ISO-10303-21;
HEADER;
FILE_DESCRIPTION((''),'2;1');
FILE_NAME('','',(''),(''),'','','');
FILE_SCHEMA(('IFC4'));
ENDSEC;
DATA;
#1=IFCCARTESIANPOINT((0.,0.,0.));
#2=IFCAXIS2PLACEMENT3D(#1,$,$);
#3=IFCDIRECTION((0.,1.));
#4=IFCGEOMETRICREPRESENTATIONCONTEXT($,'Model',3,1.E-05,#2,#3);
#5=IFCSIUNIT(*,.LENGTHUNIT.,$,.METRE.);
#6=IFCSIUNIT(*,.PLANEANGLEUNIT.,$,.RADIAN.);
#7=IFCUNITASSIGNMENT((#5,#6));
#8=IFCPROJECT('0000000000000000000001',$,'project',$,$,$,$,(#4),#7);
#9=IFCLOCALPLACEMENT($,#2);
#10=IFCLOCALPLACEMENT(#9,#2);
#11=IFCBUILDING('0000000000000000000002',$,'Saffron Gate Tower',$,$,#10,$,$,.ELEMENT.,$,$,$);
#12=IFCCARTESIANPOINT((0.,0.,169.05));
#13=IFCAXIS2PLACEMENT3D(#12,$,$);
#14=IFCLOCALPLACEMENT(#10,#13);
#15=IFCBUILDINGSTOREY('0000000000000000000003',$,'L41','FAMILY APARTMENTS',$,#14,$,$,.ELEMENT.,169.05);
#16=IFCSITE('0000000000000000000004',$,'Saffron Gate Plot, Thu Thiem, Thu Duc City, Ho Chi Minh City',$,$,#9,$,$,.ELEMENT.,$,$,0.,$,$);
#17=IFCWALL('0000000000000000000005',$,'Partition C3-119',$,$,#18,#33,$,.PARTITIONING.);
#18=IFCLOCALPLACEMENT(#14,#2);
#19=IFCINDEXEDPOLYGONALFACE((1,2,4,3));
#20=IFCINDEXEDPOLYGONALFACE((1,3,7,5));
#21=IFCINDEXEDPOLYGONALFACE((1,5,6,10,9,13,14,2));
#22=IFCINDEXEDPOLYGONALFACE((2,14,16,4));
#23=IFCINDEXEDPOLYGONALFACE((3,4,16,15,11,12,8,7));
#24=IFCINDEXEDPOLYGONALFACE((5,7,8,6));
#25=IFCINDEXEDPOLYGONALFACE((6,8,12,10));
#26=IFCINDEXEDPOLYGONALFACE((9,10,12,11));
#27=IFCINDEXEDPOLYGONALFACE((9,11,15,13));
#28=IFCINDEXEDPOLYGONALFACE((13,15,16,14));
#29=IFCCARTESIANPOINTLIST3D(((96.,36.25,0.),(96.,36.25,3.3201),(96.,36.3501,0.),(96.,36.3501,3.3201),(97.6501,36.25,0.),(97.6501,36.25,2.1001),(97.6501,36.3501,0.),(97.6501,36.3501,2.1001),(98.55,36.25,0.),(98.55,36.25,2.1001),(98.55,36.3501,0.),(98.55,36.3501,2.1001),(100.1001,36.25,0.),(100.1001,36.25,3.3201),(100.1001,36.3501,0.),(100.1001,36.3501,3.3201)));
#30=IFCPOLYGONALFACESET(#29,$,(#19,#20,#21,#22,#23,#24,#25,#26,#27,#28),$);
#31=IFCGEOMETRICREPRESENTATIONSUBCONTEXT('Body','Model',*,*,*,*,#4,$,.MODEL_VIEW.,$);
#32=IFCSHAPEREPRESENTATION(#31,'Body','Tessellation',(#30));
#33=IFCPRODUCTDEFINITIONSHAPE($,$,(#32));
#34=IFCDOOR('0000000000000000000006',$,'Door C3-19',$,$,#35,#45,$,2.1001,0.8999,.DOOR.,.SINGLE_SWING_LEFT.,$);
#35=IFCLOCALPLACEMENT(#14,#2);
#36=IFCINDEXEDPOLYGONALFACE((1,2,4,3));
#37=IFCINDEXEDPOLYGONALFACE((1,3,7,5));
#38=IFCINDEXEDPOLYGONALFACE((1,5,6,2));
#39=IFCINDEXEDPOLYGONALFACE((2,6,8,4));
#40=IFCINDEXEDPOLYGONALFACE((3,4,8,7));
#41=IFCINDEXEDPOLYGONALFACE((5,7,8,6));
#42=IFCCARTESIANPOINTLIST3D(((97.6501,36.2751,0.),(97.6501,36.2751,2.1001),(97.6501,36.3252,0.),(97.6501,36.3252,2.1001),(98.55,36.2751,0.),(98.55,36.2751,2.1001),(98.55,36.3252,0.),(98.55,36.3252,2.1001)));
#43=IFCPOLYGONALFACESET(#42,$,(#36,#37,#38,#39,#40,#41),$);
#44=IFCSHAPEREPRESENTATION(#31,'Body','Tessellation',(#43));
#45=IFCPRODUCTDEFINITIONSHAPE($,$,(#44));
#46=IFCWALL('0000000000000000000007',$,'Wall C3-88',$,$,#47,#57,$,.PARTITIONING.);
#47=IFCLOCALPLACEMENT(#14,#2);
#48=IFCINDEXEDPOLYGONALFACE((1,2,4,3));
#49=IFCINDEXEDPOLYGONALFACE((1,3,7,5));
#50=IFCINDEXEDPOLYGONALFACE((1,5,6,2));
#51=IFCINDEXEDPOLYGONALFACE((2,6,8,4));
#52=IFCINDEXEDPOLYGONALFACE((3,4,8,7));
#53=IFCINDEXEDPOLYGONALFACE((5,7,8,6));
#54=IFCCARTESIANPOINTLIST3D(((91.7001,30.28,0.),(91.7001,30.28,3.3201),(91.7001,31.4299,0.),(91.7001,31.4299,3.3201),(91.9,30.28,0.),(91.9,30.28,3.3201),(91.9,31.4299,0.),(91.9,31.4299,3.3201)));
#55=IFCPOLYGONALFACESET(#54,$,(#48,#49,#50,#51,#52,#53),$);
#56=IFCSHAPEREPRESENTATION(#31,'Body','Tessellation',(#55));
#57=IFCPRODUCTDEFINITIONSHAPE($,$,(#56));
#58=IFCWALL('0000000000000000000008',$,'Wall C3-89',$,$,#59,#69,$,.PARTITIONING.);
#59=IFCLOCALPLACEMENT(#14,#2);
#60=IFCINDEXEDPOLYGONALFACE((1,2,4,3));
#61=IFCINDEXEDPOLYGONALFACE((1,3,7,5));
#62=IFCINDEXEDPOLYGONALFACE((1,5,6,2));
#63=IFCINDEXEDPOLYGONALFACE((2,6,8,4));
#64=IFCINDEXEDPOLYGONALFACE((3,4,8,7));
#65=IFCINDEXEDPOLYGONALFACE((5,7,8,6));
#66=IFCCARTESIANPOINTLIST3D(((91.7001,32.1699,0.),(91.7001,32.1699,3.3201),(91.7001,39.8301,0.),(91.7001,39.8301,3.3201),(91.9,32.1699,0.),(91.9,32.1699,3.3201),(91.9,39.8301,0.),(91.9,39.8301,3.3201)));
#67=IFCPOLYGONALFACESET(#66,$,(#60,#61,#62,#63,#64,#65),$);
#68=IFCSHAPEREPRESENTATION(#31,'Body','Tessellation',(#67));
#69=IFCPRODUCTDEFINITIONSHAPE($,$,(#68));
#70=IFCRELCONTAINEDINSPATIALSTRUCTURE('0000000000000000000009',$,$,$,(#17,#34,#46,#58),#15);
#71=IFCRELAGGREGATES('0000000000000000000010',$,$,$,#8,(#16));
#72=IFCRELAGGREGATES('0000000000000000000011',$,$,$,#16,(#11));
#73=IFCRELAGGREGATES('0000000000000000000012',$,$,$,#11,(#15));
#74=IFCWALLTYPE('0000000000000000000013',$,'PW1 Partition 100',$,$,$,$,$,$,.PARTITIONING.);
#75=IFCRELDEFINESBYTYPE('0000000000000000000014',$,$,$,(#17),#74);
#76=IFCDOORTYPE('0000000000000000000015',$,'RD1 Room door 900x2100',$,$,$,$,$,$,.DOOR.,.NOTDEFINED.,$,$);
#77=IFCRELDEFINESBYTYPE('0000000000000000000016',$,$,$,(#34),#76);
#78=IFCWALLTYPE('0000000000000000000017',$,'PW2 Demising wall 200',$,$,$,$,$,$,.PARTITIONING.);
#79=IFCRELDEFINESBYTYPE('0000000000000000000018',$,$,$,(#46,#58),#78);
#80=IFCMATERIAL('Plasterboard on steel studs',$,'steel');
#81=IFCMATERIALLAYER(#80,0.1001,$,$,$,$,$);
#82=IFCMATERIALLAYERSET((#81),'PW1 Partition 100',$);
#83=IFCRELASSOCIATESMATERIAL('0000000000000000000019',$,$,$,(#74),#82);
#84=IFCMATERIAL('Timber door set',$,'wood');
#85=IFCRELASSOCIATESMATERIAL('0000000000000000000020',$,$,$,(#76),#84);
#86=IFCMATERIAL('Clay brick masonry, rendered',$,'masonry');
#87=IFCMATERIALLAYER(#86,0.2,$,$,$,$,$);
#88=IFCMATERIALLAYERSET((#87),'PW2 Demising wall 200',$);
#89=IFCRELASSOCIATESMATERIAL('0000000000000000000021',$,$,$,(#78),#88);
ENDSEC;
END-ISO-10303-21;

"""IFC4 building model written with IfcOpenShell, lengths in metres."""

from ifc_helpers import new_model, si_unit, direction, frame, frame_2d, origin, place, context, subcontext, project, spatial, rectangle, extrude, material, layer, layer_set, type_object, element, fill, save


model = new_model("IFC4")

# Units and contexts
model_context = context("Model", 3, precision=1e-05, world=origin(), true_north=direction((0.0, 1.0)))
body_context = subcontext(model_context, "Body", "Model", "MODEL_VIEW")
ifc_project = project(units=[si_unit("LENGTHUNIT", "METRE"), si_unit("PLANEANGLEUNIT", "RADIAN")], contexts=[model_context])

# Site, building, storey
site_placement = place(None, origin())
site = spatial("IfcSite", under=ifc_project, at=site_placement, Name="Saffron Gate Plot, Thu Thiem, Thu Duc City, Ho Chi Minh City", CompositionType="ELEMENT", RefElevation=0.0)
building_placement = place(site_placement, origin())
building = spatial("IfcBuilding", under=site, at=building_placement, Name="Saffron Gate Tower", CompositionType="ELEMENT")
storey_placement = place(building_placement, frame((0.0, 0.0, 169.05)))
storey = spatial("IfcBuildingStorey", under=building, at=storey_placement, Name="L41", Description="FAMILY APARTMENTS", CompositionType="ELEMENT", Elevation=169.05)

# Shared definitions
ifc_material_1 = material(Name="Plasterboard on steel studs", Category="steel")
ifc_layer_1 = layer(ifc_material_1, 0.1001)
ifc_layer_set_1 = layer_set([ifc_layer_1], Name="PW1 Partition 100")
wall_type_1 = type_object("IfcWallType", Name="PW1 Partition 100", PredefinedType="PARTITIONING", material=ifc_layer_set_1)
ifc_material_2 = material(Name="Timber door set", Category="wood")
door_type_1 = type_object("IfcDoorType", Name="RD1 Room door 900x2100", OperationType="NOTDEFINED", PredefinedType="DOOR", material=ifc_material_2)

# Wall, opening, door
wall_1_placement = place(storey_placement, frame((100.1001, 36.3, 0.0), z_axis=(0.0, 0.0, 1.0), x_axis=(-1.0, 0.0, 0.0)))
wall_1 = element("IfcWall", 1, at=wall_1_placement, inside=storey, type_object=wall_type_1, Name="Partition C3-119", PredefinedType="PARTITIONING", context=body_context, shape_type="SweptSolid", body=[
    extrude(rectangle(XDim=4.1001, YDim=0.1001, at=frame_2d((2.05, 0.0))), origin(), (0.0, 0.0, 1.0), 3.3201),
])
opening_1_placement = place(wall_1_placement, frame((1.55, 0.0, 0.0)))
opening_1 = element("IfcOpeningElement", 2, at=opening_1_placement, cuts=wall_1, PredefinedType="OPENING", context=body_context, shape_type="SweptSolid", body=[
    extrude(rectangle(XDim=0.8999, YDim=2.1001, at=frame_2d((0.45, 1.05))), frame((0.0, 0.0601, 0.0), z_axis=(0.0, -1.0, 0.0), x_axis=(1.0, 0.0, 0.0)), (0.0, 0.0, 1.0), 0.1201),
])
door_1_placement = place(opening_1_placement, origin())
door_1 = element("IfcDoor", 3, at=door_1_placement, inside=storey, type_object=door_type_1, Name="Door C3-19", OperationType="SINGLE_SWING_LEFT", OverallHeight=2.1001, OverallWidth=0.8999, PredefinedType="DOOR", context=body_context, shape_type="SweptSolid", body=[
    extrude(rectangle(XDim=0.8999, YDim=2.1001, at=frame_2d((0.45, 1.05))), frame((0.0, 0.0249, 0.0), z_axis=(0.0, -1.0, 0.0), x_axis=(1.0, 0.0, 0.0)), (0.0, 0.0, 1.0), 0.05),
])
fill(opening_1, door_1)

# Walls
ifc_material_3 = material(Name="Clay brick masonry, rendered", Category="masonry")
ifc_layer_2 = layer(ifc_material_3, 0.2)
ifc_layer_set_2 = layer_set([ifc_layer_2], Name="PW2 Demising wall 200")
wall_type_2 = type_object("IfcWallType", Name="PW2 Demising wall 200", PredefinedType="PARTITIONING", material=ifc_layer_set_2)
wall_2_placement = place(storey_placement, frame((91.8, 31.4299, 0.0), z_axis=(0.0, 0.0, 1.0), x_axis=(0.0, -1.0, 0.0)))
element("IfcWall", 4, at=wall_2_placement, inside=storey, type_object=wall_type_2, Name="Wall C3-88", PredefinedType="PARTITIONING", context=body_context, shape_type="SweptSolid", body=[
    extrude(rectangle(XDim=1.1499, YDim=0.2, at=frame_2d((0.575, 0.0))), origin(), (0.0, 0.0, 1.0), 3.3201),
])
wall_3_placement = place(storey_placement, frame((91.8, 39.8301, 0.0), z_axis=(0.0, 0.0, 1.0), x_axis=(0.0, -1.0, 0.0)))
element("IfcWall", 5, at=wall_3_placement, inside=storey, type_object=wall_type_2, Name="Wall C3-89", PredefinedType="PARTITIONING", context=body_context, shape_type="SweptSolid", body=[
    extrude(rectangle(XDim=7.6602, YDim=0.2, at=frame_2d((3.8301, 0.0))), origin(), (0.0, 0.0, 1.0), 3.3201),
])

save(model, "model.ifc")
